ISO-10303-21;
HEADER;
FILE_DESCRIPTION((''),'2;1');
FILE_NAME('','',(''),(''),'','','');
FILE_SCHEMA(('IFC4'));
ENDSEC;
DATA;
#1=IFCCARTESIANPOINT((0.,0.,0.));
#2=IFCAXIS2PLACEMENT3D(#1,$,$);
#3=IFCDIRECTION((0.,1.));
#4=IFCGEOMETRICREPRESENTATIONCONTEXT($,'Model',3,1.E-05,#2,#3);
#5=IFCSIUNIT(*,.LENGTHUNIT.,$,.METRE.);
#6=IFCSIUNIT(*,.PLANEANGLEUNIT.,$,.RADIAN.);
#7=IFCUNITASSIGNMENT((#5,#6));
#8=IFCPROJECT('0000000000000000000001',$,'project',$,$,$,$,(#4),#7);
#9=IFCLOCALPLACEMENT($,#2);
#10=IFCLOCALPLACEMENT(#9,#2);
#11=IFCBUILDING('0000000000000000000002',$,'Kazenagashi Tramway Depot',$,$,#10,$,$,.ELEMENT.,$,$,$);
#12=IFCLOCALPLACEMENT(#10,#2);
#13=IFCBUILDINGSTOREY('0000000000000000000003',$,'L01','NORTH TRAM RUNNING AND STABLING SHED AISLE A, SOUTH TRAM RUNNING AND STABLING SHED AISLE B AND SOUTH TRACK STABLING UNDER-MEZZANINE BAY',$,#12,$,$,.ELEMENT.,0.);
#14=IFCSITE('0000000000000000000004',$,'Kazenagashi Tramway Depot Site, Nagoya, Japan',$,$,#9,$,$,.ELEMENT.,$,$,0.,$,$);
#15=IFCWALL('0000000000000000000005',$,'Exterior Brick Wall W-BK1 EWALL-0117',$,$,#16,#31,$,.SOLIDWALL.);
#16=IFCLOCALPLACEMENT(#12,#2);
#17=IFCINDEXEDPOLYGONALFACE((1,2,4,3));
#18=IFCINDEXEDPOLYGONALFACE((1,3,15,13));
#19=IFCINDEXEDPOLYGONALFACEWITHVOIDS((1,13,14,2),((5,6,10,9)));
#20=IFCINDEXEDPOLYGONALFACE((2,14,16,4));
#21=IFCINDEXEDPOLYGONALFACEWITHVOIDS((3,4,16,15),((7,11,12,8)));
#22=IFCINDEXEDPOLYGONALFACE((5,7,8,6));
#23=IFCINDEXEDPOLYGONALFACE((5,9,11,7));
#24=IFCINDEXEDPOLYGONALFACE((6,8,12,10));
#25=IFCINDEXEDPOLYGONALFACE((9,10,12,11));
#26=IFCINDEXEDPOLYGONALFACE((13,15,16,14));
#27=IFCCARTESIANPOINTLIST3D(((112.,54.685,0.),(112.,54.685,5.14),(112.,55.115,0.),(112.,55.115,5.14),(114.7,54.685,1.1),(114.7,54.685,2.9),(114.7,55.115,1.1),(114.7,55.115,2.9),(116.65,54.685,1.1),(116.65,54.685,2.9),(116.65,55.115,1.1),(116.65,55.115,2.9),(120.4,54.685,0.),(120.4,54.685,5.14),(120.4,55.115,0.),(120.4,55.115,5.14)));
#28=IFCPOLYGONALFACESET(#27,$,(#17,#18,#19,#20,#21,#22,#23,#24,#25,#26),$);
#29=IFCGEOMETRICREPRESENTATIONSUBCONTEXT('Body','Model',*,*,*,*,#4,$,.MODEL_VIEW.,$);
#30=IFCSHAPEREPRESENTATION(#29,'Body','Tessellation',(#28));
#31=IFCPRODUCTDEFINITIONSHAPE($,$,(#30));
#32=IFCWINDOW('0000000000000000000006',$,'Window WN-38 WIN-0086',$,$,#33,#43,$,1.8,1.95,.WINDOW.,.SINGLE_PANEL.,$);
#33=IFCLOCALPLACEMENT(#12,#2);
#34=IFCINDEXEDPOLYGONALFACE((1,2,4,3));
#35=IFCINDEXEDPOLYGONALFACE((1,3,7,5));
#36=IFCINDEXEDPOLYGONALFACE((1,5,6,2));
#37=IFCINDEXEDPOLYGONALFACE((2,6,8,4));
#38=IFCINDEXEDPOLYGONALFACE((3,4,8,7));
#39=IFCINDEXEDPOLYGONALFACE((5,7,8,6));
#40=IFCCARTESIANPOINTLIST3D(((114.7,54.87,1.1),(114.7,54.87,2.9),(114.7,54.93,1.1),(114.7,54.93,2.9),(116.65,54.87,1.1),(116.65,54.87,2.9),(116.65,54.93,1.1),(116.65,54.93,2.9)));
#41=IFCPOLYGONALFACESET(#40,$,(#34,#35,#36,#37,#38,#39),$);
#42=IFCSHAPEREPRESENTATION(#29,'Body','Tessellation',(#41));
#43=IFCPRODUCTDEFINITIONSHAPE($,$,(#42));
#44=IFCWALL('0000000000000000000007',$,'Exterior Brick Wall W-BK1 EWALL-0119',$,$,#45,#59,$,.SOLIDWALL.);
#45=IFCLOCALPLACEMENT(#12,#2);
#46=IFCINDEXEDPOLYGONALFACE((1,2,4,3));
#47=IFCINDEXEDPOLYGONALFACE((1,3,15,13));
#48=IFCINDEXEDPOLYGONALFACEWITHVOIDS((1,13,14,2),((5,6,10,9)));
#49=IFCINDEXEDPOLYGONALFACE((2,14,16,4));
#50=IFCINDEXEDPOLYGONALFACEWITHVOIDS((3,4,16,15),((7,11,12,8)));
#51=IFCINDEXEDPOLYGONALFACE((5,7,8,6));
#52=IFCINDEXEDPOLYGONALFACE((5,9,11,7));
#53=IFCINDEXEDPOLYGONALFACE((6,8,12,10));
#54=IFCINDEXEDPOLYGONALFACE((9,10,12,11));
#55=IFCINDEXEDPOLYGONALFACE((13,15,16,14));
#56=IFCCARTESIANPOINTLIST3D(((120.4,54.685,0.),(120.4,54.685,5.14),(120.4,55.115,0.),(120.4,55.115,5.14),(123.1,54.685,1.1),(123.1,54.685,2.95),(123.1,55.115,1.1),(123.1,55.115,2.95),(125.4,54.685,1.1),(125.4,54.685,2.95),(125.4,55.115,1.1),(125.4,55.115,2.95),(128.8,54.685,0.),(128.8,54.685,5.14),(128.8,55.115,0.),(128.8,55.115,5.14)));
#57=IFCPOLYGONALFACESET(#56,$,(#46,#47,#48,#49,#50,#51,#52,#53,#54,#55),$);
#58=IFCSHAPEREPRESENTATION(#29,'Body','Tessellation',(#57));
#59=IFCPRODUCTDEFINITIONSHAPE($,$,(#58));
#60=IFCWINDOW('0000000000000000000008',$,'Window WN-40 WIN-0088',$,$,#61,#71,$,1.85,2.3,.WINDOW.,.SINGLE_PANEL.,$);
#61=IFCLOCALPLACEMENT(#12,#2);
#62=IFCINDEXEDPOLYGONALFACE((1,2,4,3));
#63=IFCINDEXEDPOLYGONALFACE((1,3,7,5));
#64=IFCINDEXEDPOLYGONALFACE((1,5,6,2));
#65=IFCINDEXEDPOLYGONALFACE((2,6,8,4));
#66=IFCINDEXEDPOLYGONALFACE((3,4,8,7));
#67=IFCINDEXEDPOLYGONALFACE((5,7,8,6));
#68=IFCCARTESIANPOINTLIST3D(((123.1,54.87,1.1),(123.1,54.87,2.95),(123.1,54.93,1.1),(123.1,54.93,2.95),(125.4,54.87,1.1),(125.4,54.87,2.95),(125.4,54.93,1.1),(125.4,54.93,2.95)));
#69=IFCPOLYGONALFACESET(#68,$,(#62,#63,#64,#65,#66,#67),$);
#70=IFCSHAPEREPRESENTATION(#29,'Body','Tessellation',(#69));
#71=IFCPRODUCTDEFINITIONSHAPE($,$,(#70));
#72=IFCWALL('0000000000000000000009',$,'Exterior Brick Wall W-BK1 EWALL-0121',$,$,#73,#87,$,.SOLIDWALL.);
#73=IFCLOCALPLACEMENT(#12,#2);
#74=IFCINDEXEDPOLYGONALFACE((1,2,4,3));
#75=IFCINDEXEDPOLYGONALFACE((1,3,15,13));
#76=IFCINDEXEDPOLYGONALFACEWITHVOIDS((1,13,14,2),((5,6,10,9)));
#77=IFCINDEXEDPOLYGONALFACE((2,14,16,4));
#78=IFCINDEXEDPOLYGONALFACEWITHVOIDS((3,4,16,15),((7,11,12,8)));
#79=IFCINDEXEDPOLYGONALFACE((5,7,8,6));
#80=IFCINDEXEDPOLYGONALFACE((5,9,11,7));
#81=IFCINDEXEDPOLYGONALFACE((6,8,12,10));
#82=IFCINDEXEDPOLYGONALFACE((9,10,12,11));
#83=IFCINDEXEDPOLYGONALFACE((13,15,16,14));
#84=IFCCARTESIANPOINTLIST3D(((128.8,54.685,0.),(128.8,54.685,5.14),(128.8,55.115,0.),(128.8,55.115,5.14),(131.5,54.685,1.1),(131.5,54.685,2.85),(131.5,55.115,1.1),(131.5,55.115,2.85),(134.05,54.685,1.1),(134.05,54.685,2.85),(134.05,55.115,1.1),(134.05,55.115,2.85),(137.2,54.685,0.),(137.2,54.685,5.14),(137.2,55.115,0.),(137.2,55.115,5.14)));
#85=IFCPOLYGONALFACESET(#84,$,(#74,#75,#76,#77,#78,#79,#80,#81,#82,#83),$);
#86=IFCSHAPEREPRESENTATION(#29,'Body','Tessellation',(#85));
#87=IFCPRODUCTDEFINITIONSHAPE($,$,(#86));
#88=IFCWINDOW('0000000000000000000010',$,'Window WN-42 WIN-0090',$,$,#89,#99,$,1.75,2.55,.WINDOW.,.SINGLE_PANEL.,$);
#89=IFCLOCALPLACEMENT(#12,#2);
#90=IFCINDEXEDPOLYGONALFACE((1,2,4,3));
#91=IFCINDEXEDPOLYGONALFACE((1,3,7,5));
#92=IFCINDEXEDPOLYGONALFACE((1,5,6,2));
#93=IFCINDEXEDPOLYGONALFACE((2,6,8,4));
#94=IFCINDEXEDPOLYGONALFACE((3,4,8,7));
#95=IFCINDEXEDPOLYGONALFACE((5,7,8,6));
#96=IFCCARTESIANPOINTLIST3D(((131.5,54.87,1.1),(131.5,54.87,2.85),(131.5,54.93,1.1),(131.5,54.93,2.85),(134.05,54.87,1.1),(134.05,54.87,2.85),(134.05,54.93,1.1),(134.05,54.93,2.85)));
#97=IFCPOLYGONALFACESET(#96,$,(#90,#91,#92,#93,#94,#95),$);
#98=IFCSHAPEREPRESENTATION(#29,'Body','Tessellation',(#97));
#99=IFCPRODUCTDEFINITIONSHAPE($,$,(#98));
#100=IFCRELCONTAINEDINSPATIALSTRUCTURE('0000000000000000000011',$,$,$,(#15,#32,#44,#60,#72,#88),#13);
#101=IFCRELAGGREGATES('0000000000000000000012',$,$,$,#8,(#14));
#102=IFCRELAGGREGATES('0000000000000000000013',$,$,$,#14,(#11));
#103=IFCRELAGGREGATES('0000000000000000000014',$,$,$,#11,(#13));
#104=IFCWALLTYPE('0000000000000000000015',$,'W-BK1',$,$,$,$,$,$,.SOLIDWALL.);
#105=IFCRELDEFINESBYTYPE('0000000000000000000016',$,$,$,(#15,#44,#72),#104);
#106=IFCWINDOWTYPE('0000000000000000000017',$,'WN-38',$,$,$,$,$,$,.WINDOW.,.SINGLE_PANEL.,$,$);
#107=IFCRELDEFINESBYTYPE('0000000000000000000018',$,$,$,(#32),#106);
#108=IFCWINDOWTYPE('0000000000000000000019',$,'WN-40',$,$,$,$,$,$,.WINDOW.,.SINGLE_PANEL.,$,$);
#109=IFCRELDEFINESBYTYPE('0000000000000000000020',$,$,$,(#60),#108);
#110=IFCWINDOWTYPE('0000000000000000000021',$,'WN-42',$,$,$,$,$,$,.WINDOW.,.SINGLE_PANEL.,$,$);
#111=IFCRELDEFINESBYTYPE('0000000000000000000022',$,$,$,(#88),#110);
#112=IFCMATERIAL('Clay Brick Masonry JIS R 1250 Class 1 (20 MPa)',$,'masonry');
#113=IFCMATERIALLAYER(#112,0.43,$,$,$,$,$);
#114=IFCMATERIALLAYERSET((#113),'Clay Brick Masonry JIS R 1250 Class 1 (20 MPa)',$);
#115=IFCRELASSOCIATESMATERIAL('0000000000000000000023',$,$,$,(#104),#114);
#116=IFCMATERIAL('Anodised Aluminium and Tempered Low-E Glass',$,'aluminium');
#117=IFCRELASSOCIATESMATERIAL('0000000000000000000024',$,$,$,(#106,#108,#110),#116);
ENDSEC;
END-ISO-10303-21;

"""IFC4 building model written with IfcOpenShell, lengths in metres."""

from ifc_helpers import new_model, si_unit, direction, frame, frame_2d, origin, place, context, subcontext, project, spatial, rectangle, extrude, material, layer, layer_set, type_object, element, fill, save


model = new_model("IFC4")

# Units and contexts
model_context = context("Model", 3, precision=1e-05, world=origin(), true_north=direction((0.0, 1.0)))
body_context = subcontext(model_context, "Body", "Model", "MODEL_VIEW")
ifc_project = project(units=[si_unit("LENGTHUNIT", "METRE"), si_unit("PLANEANGLEUNIT", "RADIAN")], contexts=[model_context])

# Site, building, storey
site_placement = place(None, origin())
site = spatial("IfcSite", under=ifc_project, at=site_placement, Name="Kazenagashi Tramway Depot Site, Nagoya, Japan", CompositionType="ELEMENT", RefElevation=0.0)
building_placement = place(site_placement, origin())
building = spatial("IfcBuilding", under=site, at=building_placement, Name="Kazenagashi Tramway Depot", CompositionType="ELEMENT")
storey_placement = place(building_placement, origin())
storey = spatial("IfcBuildingStorey", under=building, at=storey_placement, Name="L01", Description="NORTH TRAM RUNNING AND STABLING SHED AISLE A, SOUTH TRAM RUNNING AND STABLING SHED AISLE B AND SOUTH TRACK STABLING UNDER-MEZZANINE BAY", CompositionType="ELEMENT", Elevation=0.0)

# Walls, openings, windows
ifc_material_1 = material(Name="Clay Brick Masonry JIS R 1250 Class 1 (20 MPa)", Category="masonry")
ifc_layer = layer(ifc_material_1, 0.43)
ifc_layer_set = layer_set([ifc_layer], Name="Clay Brick Masonry JIS R 1250 Class 1 (20 MPa)")
wall_type = type_object("IfcWallType", Name="W-BK1", PredefinedType="SOLIDWALL", material=ifc_layer_set)
ifc_material_2 = material(Name="Anodised Aluminium and Tempered Low-E Glass", Category="aluminium")
wall_1_placement = place(storey_placement, frame((112.0, 54.9, 0.0), z_axis=(0.0, 0.0, 1.0), x_axis=(1.0, 0.0, 0.0)))
wall_1 = element("IfcWall", 1, at=wall_1_placement, inside=storey, type_object=wall_type, Name="Exterior Brick Wall W-BK1 EWALL-0117", PredefinedType="SOLIDWALL", context=body_context, shape_type="SweptSolid", body=[
    extrude(rectangle(XDim=8.4, YDim=0.43, at=frame_2d((4.2, 0.0))), origin(), (0.0, 0.0, 1.0), 5.14),
])
opening_1_placement = place(wall_1_placement, frame((2.7, 0.0, 1.1)))
opening_1 = element("IfcOpeningElement", 2, at=opening_1_placement, cuts=wall_1, PredefinedType="OPENING", context=body_context, shape_type="SweptSolid", body=[
    extrude(rectangle(XDim=1.95, YDim=1.8, at=frame_2d((0.975, 0.9))), frame((0.0, 0.225, 0.0), z_axis=(0.0, -1.0, 0.0), x_axis=(1.0, 0.0, 0.0)), (0.0, 0.0, 1.0), 0.45),
])
window_type_1 = type_object("IfcWindowType", Name="WN-38", PartitioningType="SINGLE_PANEL", PredefinedType="WINDOW", material=ifc_material_2)
window_1_placement = place(opening_1_placement, origin())
window_1 = element("IfcWindow", 3, at=window_1_placement, inside=storey, type_object=window_type_1, Name="Window WN-38 WIN-0086", OverallHeight=1.8, OverallWidth=1.95, PartitioningType="SINGLE_PANEL", PredefinedType="WINDOW", context=body_context, shape_type="SweptSolid", body=[
    extrude(rectangle(XDim=1.95, YDim=1.8, at=frame_2d((0.975, 0.9))), frame((0.0, 0.03, 0.0), z_axis=(0.0, -1.0, 0.0), x_axis=(1.0, 0.0, 0.0)), (0.0, 0.0, 1.0), 0.06),
])
fill(opening_1, window_1)
wall_2_placement = place(storey_placement, frame((120.4, 54.9, 0.0), z_axis=(0.0, 0.0, 1.0), x_axis=(1.0, 0.0, 0.0)))
wall_2 = element("IfcWall", 4, at=wall_2_placement, inside=storey, type_object=wall_type, Name="Exterior Brick Wall W-BK1 EWALL-0119", PredefinedType="SOLIDWALL", context=body_context, shape_type="SweptSolid", body=[
    extrude(rectangle(XDim=8.4, YDim=0.43, at=frame_2d((4.2, 0.0))), origin(), (0.0, 0.0, 1.0), 5.14),
])
opening_2_placement = place(wall_2_placement, frame((2.7, 0.0, 1.1)))
opening_2 = element("IfcOpeningElement", 5, at=opening_2_placement, cuts=wall_2, PredefinedType="OPENING", context=body_context, shape_type="SweptSolid", body=[
    extrude(rectangle(XDim=2.3, YDim=1.85, at=frame_2d((1.15, 0.925))), frame((0.0, 0.225, 0.0), z_axis=(0.0, -1.0, 0.0), x_axis=(1.0, 0.0, 0.0)), (0.0, 0.0, 1.0), 0.45),
])
window_type_2 = type_object("IfcWindowType", Name="WN-40", PartitioningType="SINGLE_PANEL", PredefinedType="WINDOW", material=ifc_material_2)
window_2_placement = place(opening_2_placement, origin())
window_2 = element("IfcWindow", 6, at=window_2_placement, inside=storey, type_object=window_type_2, Name="Window WN-40 WIN-0088", OverallHeight=1.85, OverallWidth=2.3, PartitioningType="SINGLE_PANEL", PredefinedType="WINDOW", context=body_context, shape_type="SweptSolid", body=[
    extrude(rectangle(XDim=2.3, YDim=1.85, at=frame_2d((1.15, 0.925))), frame((0.0, 0.03, 0.0), z_axis=(0.0, -1.0, 0.0), x_axis=(1.0, 0.0, 0.0)), (0.0, 0.0, 1.0), 0.06),
])
fill(opening_2, window_2)
wall_3_placement = place(storey_placement, frame((128.8, 54.9, 0.0), z_axis=(0.0, 0.0, 1.0), x_axis=(1.0, 0.0, 0.0)))
wall_3 = element("IfcWall", 7, at=wall_3_placement, inside=storey, type_object=wall_type, Name="Exterior Brick Wall W-BK1 EWALL-0121", PredefinedType="SOLIDWALL", context=body_context, shape_type="SweptSolid", body=[
    extrude(rectangle(XDim=8.4, YDim=0.43, at=frame_2d((4.2, 0.0))), origin(), (0.0, 0.0, 1.0), 5.14),
])
opening_3_placement = place(wall_3_placement, frame((2.7, 0.0, 1.1)))
opening_3 = element("IfcOpeningElement", 8, at=opening_3_placement, cuts=wall_3, PredefinedType="OPENING", context=body_context, shape_type="SweptSolid", body=[
    extrude(rectangle(XDim=2.55, YDim=1.75, at=frame_2d((1.275, 0.875))), frame((0.0, 0.225, 0.0), z_axis=(0.0, -1.0, 0.0), x_axis=(1.0, 0.0, 0.0)), (0.0, 0.0, 1.0), 0.45),
])
window_type_3 = type_object("IfcWindowType", Name="WN-42", PartitioningType="SINGLE_PANEL", PredefinedType="WINDOW", material=ifc_material_2)
window_3_placement = place(opening_3_placement, origin())
window_3 = element("IfcWindow", 9, at=window_3_placement, inside=storey, type_object=window_type_3, Name="Window WN-42 WIN-0090", OverallHeight=1.75, OverallWidth=2.55, PartitioningType="SINGLE_PANEL", PredefinedType="WINDOW", context=body_context, shape_type="SweptSolid", body=[
    extrude(rectangle(XDim=2.55, YDim=1.75, at=frame_2d((1.275, 0.875))), frame((0.0, 0.03, 0.0), z_axis=(0.0, -1.0, 0.0), x_axis=(1.0, 0.0, 0.0)), (0.0, 0.0, 1.0), 0.06),
])
fill(opening_3, window_3)

save(model, "model.ifc")
